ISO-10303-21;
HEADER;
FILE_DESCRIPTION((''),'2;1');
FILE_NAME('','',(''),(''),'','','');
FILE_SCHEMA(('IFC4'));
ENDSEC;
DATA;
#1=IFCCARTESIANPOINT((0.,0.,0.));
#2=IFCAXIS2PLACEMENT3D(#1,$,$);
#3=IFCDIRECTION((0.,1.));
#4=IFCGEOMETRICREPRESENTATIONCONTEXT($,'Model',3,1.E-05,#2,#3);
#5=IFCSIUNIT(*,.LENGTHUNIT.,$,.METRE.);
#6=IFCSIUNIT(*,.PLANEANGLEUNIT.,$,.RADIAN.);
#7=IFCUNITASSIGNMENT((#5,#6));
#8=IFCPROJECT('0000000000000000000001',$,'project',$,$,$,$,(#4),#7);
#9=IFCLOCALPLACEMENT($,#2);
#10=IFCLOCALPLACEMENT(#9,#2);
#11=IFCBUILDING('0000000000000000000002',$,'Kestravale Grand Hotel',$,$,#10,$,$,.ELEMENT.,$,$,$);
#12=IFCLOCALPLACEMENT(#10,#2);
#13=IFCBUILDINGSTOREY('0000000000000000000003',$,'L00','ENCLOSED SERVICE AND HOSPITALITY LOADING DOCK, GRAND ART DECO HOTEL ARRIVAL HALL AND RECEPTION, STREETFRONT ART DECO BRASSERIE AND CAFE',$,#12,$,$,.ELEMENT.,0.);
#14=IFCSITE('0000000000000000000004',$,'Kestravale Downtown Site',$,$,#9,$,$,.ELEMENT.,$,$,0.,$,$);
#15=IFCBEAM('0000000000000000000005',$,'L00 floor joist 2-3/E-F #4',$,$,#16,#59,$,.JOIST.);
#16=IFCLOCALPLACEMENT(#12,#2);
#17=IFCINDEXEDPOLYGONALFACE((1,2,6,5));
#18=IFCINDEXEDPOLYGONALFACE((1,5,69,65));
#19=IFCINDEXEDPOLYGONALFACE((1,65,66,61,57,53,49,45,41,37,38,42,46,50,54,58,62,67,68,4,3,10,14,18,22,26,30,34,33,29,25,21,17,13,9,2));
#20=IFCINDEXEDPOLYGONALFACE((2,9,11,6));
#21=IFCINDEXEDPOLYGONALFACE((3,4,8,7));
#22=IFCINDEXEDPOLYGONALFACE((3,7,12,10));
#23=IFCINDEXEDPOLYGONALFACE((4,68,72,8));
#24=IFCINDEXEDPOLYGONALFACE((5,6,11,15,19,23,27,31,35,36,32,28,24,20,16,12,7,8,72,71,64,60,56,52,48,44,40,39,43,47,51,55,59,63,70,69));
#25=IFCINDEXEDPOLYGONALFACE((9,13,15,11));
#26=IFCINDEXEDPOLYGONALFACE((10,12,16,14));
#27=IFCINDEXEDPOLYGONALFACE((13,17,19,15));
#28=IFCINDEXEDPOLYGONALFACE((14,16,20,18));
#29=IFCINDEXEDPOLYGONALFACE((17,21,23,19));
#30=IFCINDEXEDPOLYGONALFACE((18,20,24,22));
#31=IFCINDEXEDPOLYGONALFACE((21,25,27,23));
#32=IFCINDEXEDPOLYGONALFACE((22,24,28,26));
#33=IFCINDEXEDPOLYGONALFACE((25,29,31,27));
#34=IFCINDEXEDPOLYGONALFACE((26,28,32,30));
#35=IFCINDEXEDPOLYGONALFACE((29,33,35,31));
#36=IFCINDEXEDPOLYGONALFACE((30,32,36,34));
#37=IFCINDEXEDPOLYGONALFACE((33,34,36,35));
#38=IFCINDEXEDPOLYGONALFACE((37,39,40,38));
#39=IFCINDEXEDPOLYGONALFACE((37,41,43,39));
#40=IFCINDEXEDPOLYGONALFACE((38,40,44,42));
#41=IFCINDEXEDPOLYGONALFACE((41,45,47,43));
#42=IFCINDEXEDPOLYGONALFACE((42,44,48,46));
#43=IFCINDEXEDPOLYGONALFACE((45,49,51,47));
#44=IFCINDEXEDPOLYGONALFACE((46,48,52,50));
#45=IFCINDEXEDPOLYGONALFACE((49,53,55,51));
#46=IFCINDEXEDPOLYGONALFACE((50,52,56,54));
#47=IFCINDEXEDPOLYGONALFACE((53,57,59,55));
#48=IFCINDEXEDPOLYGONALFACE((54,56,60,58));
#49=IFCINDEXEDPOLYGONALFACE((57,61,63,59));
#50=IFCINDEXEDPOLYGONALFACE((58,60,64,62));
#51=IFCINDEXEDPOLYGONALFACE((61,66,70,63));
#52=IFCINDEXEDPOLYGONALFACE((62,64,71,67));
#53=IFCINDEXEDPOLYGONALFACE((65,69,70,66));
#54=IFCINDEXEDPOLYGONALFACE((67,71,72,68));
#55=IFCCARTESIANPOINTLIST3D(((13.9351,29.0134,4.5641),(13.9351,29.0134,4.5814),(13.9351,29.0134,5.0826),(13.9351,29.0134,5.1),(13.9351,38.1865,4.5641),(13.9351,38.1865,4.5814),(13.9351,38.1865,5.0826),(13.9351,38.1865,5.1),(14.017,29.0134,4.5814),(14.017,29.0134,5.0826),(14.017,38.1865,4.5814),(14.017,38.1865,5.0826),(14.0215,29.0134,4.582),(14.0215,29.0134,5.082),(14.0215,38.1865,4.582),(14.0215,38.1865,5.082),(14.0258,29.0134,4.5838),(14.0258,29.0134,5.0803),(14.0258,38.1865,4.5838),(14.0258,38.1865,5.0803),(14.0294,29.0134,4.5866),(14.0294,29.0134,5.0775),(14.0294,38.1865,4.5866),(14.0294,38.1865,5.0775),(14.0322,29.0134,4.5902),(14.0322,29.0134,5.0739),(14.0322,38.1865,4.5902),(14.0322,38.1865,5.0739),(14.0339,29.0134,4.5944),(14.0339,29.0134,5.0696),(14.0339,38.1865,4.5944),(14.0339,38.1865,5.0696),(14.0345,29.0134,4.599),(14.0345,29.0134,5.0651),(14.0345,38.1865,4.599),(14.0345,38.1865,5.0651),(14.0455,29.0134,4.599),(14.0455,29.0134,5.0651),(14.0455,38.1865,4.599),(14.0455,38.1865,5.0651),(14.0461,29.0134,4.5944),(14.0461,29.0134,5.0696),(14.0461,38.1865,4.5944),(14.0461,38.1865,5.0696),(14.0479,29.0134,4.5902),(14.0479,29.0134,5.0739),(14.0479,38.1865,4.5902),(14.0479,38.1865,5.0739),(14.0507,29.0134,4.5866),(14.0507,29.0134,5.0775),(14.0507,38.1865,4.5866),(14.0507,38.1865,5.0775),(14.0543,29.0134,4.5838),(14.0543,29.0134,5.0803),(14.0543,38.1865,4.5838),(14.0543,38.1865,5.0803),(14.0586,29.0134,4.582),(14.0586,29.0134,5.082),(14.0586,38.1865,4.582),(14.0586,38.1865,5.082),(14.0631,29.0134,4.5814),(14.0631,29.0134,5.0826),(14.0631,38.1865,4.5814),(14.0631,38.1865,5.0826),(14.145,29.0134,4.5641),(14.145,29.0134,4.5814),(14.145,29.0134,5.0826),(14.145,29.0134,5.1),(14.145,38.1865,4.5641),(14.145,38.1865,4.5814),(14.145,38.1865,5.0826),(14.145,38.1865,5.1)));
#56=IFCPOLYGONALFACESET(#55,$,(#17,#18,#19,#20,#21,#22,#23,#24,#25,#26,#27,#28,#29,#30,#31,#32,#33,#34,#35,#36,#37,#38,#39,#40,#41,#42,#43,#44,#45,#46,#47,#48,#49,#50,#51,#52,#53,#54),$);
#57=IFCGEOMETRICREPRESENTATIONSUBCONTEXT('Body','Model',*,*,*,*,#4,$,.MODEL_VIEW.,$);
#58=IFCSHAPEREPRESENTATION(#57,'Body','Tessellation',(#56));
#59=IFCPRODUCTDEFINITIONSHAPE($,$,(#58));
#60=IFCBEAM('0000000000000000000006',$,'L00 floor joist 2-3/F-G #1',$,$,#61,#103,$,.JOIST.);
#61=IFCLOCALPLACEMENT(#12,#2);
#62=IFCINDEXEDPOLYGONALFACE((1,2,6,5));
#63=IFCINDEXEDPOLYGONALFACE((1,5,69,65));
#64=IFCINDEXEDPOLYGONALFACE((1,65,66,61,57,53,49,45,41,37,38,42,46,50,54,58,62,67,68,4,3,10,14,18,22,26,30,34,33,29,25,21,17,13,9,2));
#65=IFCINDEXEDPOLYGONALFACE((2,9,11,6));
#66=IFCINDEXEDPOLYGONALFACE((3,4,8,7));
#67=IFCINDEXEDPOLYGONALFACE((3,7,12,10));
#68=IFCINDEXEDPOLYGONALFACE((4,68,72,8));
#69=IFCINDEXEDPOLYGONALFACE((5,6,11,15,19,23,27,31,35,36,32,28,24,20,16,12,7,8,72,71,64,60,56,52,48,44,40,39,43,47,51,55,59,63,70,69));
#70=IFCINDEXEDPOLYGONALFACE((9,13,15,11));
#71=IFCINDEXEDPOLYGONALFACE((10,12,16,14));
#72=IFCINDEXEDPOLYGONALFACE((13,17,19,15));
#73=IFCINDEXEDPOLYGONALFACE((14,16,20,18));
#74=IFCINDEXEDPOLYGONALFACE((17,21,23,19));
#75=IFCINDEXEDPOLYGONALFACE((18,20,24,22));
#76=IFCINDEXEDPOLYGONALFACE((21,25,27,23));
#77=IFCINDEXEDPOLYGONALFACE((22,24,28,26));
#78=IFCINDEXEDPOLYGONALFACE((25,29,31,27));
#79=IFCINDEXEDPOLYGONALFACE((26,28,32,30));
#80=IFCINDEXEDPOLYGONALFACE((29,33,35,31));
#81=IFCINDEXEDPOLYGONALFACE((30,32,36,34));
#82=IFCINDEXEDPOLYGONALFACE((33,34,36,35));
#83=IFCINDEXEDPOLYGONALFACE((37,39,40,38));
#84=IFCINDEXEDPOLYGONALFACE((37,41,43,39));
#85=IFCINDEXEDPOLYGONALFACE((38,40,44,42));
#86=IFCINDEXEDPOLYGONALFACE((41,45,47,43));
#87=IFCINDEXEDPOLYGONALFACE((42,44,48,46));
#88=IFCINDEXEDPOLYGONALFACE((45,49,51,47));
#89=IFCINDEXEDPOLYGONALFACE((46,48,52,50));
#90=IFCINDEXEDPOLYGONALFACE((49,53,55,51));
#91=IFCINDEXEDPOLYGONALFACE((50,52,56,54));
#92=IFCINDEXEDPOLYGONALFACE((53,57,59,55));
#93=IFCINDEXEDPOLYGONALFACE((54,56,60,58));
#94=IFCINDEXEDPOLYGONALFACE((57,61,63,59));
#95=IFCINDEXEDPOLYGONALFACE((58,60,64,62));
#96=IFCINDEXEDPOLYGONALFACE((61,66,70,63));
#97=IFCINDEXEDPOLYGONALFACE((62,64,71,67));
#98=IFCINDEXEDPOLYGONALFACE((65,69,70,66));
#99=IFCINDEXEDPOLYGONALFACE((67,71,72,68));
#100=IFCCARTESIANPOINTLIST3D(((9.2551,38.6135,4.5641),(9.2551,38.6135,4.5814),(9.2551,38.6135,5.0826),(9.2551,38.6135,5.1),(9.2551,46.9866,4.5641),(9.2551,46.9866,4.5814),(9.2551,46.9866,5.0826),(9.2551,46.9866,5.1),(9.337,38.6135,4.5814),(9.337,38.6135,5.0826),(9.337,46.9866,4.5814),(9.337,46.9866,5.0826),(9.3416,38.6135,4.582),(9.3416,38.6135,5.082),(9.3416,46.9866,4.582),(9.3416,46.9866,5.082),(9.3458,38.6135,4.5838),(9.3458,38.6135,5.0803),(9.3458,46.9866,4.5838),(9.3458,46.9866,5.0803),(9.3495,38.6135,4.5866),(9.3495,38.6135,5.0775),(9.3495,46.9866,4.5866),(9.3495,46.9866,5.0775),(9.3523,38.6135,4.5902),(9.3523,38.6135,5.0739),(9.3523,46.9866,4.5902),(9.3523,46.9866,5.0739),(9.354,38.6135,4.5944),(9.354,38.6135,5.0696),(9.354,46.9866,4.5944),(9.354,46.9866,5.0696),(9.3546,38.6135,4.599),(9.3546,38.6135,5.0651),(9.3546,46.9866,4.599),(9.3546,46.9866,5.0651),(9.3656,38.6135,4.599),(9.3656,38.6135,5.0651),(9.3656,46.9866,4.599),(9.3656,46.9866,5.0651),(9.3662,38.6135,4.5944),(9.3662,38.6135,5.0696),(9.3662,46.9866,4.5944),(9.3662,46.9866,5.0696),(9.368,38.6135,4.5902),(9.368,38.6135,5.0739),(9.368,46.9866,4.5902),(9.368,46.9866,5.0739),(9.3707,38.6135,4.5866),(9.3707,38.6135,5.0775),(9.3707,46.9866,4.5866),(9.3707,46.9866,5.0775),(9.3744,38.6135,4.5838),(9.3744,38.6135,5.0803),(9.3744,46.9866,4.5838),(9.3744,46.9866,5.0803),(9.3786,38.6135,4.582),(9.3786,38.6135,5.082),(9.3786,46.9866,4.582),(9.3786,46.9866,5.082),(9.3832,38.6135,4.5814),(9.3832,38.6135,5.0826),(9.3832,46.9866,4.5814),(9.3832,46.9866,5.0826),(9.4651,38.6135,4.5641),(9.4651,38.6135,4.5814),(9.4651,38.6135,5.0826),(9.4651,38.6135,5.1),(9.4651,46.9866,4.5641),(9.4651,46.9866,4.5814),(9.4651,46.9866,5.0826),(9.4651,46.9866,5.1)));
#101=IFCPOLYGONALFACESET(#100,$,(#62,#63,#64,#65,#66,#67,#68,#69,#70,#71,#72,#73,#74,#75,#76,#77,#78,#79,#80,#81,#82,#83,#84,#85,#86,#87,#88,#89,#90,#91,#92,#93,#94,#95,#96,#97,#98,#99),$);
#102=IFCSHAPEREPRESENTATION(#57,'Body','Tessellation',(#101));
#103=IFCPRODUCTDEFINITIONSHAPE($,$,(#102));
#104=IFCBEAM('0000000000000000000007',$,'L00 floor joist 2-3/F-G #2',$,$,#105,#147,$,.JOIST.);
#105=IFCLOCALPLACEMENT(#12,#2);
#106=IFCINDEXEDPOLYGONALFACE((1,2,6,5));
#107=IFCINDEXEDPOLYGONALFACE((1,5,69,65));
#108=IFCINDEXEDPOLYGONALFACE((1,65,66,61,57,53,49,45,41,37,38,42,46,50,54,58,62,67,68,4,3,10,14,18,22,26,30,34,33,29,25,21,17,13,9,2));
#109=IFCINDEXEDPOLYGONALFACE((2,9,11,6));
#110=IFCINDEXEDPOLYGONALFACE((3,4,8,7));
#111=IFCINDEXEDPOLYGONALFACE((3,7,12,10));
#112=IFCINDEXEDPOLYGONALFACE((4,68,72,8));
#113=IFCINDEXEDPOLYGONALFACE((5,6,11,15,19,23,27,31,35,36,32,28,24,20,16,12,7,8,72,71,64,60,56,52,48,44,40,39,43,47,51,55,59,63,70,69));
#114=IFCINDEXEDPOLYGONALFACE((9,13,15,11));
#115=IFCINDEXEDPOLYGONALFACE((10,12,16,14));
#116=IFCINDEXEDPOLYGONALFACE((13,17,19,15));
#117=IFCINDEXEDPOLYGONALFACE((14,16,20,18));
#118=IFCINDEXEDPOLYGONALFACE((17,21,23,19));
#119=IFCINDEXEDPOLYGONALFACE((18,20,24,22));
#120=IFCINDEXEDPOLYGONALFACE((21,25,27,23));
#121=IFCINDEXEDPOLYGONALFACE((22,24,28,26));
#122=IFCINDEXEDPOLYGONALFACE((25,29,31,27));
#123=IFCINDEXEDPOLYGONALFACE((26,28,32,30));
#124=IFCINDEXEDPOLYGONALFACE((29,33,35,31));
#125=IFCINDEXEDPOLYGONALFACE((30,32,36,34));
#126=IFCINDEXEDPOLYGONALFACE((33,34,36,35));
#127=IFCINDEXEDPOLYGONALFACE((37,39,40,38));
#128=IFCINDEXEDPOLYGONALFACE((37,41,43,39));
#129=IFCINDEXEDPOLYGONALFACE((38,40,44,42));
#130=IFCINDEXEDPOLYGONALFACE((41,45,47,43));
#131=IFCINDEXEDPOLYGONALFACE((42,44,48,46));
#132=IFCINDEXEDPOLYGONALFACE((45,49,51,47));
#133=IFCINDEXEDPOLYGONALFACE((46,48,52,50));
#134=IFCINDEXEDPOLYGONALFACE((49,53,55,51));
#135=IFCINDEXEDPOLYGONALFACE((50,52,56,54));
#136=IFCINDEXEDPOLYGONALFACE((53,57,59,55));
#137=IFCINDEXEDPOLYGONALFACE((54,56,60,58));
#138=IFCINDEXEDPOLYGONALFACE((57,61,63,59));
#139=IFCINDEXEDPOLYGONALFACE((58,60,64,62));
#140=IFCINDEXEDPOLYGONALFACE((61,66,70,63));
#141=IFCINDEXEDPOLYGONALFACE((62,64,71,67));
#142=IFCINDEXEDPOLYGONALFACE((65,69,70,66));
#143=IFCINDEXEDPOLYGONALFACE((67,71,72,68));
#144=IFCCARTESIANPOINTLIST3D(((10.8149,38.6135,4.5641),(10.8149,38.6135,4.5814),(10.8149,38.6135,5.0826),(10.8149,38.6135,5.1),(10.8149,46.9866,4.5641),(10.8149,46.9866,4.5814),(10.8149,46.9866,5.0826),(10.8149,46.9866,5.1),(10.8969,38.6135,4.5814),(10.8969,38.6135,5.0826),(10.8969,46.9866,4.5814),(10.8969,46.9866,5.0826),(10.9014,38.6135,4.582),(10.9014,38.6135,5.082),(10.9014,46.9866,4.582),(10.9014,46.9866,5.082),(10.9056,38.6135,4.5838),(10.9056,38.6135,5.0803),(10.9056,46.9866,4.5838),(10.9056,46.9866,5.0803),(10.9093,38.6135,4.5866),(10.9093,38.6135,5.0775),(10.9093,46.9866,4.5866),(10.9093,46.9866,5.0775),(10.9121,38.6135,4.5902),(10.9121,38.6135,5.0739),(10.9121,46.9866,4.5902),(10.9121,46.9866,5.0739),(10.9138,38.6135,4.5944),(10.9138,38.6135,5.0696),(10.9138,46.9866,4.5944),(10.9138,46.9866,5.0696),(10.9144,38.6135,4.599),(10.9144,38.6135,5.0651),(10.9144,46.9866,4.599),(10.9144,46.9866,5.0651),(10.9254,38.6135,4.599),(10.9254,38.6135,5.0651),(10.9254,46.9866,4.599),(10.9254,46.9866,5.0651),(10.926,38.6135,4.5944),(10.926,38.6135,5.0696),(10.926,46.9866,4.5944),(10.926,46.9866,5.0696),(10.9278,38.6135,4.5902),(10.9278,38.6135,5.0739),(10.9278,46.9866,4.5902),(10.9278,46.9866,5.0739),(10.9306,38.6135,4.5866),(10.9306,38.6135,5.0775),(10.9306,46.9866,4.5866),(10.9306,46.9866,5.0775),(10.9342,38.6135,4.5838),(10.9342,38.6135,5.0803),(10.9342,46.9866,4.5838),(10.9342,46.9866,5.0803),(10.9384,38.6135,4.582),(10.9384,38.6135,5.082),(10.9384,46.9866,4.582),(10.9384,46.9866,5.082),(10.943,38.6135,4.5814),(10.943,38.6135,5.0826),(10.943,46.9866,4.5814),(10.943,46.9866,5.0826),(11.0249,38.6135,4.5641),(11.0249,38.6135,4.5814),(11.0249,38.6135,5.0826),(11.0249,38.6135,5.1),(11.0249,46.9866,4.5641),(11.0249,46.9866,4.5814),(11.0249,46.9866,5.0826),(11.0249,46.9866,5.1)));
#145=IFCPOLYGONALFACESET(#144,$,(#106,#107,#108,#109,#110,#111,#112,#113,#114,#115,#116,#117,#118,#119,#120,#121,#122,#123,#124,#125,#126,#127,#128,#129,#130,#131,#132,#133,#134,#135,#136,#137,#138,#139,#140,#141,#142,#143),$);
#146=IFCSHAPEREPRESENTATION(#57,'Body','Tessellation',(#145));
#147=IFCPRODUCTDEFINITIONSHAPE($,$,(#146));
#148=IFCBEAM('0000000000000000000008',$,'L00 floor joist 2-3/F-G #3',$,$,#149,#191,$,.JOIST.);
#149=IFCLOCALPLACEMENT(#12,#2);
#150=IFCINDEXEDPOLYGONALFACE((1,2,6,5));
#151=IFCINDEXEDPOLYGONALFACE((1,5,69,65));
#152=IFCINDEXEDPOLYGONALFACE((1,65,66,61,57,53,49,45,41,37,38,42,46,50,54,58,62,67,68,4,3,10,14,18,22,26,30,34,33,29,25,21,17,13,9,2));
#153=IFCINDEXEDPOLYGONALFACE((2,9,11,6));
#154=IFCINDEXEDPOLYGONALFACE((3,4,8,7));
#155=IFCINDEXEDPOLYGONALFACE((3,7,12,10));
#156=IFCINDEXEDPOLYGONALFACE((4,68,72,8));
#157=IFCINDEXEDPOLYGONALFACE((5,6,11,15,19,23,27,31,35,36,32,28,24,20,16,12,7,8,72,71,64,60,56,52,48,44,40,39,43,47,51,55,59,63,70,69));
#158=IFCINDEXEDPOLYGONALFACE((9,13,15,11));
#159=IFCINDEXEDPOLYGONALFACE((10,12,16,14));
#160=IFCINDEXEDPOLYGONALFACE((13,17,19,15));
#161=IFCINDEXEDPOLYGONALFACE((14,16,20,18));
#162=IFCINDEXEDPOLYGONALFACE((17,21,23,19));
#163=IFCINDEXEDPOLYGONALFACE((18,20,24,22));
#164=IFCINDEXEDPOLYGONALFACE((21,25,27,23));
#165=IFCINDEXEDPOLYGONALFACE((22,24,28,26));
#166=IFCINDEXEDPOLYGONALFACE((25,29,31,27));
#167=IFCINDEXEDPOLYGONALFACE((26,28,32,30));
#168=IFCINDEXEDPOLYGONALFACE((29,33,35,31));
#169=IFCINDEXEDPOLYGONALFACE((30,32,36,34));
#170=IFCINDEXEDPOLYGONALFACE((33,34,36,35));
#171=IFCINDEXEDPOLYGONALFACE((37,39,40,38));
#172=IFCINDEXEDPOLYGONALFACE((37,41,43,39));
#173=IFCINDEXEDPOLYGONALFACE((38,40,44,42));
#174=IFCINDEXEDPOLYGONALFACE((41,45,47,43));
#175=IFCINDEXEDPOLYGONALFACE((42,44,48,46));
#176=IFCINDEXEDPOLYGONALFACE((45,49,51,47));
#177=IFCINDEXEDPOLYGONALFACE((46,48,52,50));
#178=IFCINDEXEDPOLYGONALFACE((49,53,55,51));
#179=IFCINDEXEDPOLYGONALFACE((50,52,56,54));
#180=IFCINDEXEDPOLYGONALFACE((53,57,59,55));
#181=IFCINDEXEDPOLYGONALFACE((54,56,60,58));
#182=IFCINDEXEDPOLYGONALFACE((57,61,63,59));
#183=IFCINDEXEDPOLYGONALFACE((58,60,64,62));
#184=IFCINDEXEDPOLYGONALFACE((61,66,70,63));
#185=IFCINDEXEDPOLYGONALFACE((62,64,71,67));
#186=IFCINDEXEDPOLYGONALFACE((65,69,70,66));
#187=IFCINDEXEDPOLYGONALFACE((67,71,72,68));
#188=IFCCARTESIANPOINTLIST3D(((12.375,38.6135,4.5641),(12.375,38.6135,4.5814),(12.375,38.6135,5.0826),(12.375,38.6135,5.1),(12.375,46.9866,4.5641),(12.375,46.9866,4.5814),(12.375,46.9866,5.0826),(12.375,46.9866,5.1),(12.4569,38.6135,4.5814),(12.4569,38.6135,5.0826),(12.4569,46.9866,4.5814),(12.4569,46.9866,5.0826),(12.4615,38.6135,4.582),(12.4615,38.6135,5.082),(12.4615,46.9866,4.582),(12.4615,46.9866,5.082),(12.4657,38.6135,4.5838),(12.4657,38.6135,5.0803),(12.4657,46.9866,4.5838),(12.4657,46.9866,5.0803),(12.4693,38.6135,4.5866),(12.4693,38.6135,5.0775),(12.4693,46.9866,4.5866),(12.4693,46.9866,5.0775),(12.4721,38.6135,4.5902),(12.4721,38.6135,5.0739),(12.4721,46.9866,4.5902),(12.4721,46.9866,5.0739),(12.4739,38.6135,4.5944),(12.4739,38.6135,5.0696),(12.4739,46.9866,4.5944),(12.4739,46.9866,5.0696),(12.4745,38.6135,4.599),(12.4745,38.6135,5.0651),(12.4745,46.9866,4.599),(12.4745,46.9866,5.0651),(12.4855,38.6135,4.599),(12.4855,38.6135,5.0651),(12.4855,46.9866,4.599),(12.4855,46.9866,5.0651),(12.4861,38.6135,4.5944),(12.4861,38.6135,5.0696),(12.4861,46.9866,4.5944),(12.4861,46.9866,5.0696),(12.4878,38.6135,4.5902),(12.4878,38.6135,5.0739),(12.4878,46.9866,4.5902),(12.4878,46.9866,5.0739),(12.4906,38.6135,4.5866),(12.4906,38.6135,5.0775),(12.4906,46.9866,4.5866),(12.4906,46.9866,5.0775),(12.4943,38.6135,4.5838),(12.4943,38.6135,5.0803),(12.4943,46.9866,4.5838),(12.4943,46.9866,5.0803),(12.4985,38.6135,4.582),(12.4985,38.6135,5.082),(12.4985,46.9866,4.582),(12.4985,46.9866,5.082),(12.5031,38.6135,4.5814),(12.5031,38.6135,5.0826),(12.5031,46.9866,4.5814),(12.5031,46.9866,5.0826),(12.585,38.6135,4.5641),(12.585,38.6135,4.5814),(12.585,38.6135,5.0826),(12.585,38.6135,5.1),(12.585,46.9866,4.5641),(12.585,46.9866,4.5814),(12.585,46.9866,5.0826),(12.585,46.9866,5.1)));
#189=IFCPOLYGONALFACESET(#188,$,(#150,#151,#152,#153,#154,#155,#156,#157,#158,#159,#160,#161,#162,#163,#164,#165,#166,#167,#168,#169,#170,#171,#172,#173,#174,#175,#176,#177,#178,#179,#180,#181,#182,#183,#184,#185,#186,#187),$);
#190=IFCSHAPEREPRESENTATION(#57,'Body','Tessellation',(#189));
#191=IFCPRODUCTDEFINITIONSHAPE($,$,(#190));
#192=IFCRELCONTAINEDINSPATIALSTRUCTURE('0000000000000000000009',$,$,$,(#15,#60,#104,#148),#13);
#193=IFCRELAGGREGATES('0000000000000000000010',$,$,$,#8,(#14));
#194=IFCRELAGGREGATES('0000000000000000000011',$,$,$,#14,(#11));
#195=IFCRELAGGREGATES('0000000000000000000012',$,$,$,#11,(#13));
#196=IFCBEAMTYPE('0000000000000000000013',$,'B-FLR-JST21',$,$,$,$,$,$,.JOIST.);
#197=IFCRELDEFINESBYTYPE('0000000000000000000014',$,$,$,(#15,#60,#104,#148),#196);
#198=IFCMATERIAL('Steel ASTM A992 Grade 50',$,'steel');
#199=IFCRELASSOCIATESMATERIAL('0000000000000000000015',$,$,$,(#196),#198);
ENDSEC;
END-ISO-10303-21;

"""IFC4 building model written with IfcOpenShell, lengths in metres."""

from ifc_helpers import new_model, si_unit, direction, frame, origin, origin_2d, place, context, subcontext, project, spatial, i_section, extrude, material, material_profile, profile_set, type_object, element, save


model = new_model("IFC4")

# Units and contexts
model_context = context("Model", 3, precision=1e-05, world=origin(), true_north=direction((0.0, 1.0)))
body_context = subcontext(model_context, "Body", "Model", "MODEL_VIEW")
ifc_project = project(units=[si_unit("LENGTHUNIT", "METRE"), si_unit("PLANEANGLEUNIT", "RADIAN")], contexts=[model_context])

# Site, building, storey
site_placement = place(None, origin())
site = spatial("IfcSite", under=ifc_project, at=site_placement, Name="Kestravale Downtown Site", CompositionType="ELEMENT", RefElevation=0.0)
building_placement = place(site_placement, origin())
building = spatial("IfcBuilding", under=site, at=building_placement, Name="Kestravale Grand Hotel", CompositionType="ELEMENT")
storey_placement = place(building_placement, origin())
storey = spatial("IfcBuildingStorey", under=building, at=storey_placement, Name="L00", Description="ENCLOSED SERVICE AND HOSPITALITY LOADING DOCK, GRAND ART DECO HOTEL ARRIVAL HALL AND RECEPTION, STREETFRONT ART DECO BRASSERIE AND CAFE", CompositionType="ELEMENT", Elevation=0.0)

# Beams
ifc_material_1 = material(Name="Steel ASTM A992 Grade 50", Category="steel")
ifc_material_profile_1 = material_profile(ifc_material_1, i_section(OverallWidth=0.21, OverallDepth=0.5359, WebThickness=0.011, FlangeThickness=0.0173, FilletRadius=0.0176, at=origin_2d()))
ifc_profile_set_1 = profile_set([ifc_material_profile_1], Name="Steel ASTM A992 Grade 50")
beam_type_1 = type_object("IfcBeamType", Name="B-FLR-JST21", PredefinedType="JOIST", material=ifc_profile_set_1)
for number, where, z_axis, x_axis, name in (
    (1, (14.04, 29.0134, 4.832), (0.0, 1.0, 0.0), (-1.0, 0.0, 0.0), "L00 floor joist 2-3/E-F #4"),
):
    element("IfcBeam", number, at=place(storey_placement, frame(where, z_axis=z_axis, x_axis=x_axis)), inside=storey, type_object=beam_type_1, Name=name, PredefinedType="JOIST", context=body_context, shape_type="SweptSolid", body=[
        extrude(i_section(OverallWidth=0.21, OverallDepth=0.5359, WebThickness=0.011, FlangeThickness=0.0173, FilletRadius=0.0176, at=origin_2d()), origin(), (0.0, 0.0, 1.0), 9.1731),
    ])
for number, where, z_axis, x_axis, name in (
    (2, (9.3601, 38.6135, 4.832), (0.0, 1.0, 0.0), (-1.0, 0.0, 0.0), "L00 floor joist 2-3/F-G #1"),
    (3, (10.9199, 38.6135, 4.832), (0.0, 1.0, 0.0), (-1.0, 0.0, 0.0), "L00 floor joist 2-3/F-G #2"),
    (4, (12.48, 38.6135, 4.832), (0.0, 1.0, 0.0), (-1.0, 0.0, 0.0), "L00 floor joist 2-3/F-G #3"),
):
    element("IfcBeam", number, at=place(storey_placement, frame(where, z_axis=z_axis, x_axis=x_axis)), inside=storey, type_object=beam_type_1, Name=name, PredefinedType="JOIST", context=body_context, shape_type="SweptSolid", body=[
        extrude(i_section(OverallWidth=0.21, OverallDepth=0.5359, WebThickness=0.011, FlangeThickness=0.0173, FilletRadius=0.0176, at=origin_2d()), origin(), (0.0, 0.0, 1.0), 8.373),
    ])

save(model, "model.ifc")
